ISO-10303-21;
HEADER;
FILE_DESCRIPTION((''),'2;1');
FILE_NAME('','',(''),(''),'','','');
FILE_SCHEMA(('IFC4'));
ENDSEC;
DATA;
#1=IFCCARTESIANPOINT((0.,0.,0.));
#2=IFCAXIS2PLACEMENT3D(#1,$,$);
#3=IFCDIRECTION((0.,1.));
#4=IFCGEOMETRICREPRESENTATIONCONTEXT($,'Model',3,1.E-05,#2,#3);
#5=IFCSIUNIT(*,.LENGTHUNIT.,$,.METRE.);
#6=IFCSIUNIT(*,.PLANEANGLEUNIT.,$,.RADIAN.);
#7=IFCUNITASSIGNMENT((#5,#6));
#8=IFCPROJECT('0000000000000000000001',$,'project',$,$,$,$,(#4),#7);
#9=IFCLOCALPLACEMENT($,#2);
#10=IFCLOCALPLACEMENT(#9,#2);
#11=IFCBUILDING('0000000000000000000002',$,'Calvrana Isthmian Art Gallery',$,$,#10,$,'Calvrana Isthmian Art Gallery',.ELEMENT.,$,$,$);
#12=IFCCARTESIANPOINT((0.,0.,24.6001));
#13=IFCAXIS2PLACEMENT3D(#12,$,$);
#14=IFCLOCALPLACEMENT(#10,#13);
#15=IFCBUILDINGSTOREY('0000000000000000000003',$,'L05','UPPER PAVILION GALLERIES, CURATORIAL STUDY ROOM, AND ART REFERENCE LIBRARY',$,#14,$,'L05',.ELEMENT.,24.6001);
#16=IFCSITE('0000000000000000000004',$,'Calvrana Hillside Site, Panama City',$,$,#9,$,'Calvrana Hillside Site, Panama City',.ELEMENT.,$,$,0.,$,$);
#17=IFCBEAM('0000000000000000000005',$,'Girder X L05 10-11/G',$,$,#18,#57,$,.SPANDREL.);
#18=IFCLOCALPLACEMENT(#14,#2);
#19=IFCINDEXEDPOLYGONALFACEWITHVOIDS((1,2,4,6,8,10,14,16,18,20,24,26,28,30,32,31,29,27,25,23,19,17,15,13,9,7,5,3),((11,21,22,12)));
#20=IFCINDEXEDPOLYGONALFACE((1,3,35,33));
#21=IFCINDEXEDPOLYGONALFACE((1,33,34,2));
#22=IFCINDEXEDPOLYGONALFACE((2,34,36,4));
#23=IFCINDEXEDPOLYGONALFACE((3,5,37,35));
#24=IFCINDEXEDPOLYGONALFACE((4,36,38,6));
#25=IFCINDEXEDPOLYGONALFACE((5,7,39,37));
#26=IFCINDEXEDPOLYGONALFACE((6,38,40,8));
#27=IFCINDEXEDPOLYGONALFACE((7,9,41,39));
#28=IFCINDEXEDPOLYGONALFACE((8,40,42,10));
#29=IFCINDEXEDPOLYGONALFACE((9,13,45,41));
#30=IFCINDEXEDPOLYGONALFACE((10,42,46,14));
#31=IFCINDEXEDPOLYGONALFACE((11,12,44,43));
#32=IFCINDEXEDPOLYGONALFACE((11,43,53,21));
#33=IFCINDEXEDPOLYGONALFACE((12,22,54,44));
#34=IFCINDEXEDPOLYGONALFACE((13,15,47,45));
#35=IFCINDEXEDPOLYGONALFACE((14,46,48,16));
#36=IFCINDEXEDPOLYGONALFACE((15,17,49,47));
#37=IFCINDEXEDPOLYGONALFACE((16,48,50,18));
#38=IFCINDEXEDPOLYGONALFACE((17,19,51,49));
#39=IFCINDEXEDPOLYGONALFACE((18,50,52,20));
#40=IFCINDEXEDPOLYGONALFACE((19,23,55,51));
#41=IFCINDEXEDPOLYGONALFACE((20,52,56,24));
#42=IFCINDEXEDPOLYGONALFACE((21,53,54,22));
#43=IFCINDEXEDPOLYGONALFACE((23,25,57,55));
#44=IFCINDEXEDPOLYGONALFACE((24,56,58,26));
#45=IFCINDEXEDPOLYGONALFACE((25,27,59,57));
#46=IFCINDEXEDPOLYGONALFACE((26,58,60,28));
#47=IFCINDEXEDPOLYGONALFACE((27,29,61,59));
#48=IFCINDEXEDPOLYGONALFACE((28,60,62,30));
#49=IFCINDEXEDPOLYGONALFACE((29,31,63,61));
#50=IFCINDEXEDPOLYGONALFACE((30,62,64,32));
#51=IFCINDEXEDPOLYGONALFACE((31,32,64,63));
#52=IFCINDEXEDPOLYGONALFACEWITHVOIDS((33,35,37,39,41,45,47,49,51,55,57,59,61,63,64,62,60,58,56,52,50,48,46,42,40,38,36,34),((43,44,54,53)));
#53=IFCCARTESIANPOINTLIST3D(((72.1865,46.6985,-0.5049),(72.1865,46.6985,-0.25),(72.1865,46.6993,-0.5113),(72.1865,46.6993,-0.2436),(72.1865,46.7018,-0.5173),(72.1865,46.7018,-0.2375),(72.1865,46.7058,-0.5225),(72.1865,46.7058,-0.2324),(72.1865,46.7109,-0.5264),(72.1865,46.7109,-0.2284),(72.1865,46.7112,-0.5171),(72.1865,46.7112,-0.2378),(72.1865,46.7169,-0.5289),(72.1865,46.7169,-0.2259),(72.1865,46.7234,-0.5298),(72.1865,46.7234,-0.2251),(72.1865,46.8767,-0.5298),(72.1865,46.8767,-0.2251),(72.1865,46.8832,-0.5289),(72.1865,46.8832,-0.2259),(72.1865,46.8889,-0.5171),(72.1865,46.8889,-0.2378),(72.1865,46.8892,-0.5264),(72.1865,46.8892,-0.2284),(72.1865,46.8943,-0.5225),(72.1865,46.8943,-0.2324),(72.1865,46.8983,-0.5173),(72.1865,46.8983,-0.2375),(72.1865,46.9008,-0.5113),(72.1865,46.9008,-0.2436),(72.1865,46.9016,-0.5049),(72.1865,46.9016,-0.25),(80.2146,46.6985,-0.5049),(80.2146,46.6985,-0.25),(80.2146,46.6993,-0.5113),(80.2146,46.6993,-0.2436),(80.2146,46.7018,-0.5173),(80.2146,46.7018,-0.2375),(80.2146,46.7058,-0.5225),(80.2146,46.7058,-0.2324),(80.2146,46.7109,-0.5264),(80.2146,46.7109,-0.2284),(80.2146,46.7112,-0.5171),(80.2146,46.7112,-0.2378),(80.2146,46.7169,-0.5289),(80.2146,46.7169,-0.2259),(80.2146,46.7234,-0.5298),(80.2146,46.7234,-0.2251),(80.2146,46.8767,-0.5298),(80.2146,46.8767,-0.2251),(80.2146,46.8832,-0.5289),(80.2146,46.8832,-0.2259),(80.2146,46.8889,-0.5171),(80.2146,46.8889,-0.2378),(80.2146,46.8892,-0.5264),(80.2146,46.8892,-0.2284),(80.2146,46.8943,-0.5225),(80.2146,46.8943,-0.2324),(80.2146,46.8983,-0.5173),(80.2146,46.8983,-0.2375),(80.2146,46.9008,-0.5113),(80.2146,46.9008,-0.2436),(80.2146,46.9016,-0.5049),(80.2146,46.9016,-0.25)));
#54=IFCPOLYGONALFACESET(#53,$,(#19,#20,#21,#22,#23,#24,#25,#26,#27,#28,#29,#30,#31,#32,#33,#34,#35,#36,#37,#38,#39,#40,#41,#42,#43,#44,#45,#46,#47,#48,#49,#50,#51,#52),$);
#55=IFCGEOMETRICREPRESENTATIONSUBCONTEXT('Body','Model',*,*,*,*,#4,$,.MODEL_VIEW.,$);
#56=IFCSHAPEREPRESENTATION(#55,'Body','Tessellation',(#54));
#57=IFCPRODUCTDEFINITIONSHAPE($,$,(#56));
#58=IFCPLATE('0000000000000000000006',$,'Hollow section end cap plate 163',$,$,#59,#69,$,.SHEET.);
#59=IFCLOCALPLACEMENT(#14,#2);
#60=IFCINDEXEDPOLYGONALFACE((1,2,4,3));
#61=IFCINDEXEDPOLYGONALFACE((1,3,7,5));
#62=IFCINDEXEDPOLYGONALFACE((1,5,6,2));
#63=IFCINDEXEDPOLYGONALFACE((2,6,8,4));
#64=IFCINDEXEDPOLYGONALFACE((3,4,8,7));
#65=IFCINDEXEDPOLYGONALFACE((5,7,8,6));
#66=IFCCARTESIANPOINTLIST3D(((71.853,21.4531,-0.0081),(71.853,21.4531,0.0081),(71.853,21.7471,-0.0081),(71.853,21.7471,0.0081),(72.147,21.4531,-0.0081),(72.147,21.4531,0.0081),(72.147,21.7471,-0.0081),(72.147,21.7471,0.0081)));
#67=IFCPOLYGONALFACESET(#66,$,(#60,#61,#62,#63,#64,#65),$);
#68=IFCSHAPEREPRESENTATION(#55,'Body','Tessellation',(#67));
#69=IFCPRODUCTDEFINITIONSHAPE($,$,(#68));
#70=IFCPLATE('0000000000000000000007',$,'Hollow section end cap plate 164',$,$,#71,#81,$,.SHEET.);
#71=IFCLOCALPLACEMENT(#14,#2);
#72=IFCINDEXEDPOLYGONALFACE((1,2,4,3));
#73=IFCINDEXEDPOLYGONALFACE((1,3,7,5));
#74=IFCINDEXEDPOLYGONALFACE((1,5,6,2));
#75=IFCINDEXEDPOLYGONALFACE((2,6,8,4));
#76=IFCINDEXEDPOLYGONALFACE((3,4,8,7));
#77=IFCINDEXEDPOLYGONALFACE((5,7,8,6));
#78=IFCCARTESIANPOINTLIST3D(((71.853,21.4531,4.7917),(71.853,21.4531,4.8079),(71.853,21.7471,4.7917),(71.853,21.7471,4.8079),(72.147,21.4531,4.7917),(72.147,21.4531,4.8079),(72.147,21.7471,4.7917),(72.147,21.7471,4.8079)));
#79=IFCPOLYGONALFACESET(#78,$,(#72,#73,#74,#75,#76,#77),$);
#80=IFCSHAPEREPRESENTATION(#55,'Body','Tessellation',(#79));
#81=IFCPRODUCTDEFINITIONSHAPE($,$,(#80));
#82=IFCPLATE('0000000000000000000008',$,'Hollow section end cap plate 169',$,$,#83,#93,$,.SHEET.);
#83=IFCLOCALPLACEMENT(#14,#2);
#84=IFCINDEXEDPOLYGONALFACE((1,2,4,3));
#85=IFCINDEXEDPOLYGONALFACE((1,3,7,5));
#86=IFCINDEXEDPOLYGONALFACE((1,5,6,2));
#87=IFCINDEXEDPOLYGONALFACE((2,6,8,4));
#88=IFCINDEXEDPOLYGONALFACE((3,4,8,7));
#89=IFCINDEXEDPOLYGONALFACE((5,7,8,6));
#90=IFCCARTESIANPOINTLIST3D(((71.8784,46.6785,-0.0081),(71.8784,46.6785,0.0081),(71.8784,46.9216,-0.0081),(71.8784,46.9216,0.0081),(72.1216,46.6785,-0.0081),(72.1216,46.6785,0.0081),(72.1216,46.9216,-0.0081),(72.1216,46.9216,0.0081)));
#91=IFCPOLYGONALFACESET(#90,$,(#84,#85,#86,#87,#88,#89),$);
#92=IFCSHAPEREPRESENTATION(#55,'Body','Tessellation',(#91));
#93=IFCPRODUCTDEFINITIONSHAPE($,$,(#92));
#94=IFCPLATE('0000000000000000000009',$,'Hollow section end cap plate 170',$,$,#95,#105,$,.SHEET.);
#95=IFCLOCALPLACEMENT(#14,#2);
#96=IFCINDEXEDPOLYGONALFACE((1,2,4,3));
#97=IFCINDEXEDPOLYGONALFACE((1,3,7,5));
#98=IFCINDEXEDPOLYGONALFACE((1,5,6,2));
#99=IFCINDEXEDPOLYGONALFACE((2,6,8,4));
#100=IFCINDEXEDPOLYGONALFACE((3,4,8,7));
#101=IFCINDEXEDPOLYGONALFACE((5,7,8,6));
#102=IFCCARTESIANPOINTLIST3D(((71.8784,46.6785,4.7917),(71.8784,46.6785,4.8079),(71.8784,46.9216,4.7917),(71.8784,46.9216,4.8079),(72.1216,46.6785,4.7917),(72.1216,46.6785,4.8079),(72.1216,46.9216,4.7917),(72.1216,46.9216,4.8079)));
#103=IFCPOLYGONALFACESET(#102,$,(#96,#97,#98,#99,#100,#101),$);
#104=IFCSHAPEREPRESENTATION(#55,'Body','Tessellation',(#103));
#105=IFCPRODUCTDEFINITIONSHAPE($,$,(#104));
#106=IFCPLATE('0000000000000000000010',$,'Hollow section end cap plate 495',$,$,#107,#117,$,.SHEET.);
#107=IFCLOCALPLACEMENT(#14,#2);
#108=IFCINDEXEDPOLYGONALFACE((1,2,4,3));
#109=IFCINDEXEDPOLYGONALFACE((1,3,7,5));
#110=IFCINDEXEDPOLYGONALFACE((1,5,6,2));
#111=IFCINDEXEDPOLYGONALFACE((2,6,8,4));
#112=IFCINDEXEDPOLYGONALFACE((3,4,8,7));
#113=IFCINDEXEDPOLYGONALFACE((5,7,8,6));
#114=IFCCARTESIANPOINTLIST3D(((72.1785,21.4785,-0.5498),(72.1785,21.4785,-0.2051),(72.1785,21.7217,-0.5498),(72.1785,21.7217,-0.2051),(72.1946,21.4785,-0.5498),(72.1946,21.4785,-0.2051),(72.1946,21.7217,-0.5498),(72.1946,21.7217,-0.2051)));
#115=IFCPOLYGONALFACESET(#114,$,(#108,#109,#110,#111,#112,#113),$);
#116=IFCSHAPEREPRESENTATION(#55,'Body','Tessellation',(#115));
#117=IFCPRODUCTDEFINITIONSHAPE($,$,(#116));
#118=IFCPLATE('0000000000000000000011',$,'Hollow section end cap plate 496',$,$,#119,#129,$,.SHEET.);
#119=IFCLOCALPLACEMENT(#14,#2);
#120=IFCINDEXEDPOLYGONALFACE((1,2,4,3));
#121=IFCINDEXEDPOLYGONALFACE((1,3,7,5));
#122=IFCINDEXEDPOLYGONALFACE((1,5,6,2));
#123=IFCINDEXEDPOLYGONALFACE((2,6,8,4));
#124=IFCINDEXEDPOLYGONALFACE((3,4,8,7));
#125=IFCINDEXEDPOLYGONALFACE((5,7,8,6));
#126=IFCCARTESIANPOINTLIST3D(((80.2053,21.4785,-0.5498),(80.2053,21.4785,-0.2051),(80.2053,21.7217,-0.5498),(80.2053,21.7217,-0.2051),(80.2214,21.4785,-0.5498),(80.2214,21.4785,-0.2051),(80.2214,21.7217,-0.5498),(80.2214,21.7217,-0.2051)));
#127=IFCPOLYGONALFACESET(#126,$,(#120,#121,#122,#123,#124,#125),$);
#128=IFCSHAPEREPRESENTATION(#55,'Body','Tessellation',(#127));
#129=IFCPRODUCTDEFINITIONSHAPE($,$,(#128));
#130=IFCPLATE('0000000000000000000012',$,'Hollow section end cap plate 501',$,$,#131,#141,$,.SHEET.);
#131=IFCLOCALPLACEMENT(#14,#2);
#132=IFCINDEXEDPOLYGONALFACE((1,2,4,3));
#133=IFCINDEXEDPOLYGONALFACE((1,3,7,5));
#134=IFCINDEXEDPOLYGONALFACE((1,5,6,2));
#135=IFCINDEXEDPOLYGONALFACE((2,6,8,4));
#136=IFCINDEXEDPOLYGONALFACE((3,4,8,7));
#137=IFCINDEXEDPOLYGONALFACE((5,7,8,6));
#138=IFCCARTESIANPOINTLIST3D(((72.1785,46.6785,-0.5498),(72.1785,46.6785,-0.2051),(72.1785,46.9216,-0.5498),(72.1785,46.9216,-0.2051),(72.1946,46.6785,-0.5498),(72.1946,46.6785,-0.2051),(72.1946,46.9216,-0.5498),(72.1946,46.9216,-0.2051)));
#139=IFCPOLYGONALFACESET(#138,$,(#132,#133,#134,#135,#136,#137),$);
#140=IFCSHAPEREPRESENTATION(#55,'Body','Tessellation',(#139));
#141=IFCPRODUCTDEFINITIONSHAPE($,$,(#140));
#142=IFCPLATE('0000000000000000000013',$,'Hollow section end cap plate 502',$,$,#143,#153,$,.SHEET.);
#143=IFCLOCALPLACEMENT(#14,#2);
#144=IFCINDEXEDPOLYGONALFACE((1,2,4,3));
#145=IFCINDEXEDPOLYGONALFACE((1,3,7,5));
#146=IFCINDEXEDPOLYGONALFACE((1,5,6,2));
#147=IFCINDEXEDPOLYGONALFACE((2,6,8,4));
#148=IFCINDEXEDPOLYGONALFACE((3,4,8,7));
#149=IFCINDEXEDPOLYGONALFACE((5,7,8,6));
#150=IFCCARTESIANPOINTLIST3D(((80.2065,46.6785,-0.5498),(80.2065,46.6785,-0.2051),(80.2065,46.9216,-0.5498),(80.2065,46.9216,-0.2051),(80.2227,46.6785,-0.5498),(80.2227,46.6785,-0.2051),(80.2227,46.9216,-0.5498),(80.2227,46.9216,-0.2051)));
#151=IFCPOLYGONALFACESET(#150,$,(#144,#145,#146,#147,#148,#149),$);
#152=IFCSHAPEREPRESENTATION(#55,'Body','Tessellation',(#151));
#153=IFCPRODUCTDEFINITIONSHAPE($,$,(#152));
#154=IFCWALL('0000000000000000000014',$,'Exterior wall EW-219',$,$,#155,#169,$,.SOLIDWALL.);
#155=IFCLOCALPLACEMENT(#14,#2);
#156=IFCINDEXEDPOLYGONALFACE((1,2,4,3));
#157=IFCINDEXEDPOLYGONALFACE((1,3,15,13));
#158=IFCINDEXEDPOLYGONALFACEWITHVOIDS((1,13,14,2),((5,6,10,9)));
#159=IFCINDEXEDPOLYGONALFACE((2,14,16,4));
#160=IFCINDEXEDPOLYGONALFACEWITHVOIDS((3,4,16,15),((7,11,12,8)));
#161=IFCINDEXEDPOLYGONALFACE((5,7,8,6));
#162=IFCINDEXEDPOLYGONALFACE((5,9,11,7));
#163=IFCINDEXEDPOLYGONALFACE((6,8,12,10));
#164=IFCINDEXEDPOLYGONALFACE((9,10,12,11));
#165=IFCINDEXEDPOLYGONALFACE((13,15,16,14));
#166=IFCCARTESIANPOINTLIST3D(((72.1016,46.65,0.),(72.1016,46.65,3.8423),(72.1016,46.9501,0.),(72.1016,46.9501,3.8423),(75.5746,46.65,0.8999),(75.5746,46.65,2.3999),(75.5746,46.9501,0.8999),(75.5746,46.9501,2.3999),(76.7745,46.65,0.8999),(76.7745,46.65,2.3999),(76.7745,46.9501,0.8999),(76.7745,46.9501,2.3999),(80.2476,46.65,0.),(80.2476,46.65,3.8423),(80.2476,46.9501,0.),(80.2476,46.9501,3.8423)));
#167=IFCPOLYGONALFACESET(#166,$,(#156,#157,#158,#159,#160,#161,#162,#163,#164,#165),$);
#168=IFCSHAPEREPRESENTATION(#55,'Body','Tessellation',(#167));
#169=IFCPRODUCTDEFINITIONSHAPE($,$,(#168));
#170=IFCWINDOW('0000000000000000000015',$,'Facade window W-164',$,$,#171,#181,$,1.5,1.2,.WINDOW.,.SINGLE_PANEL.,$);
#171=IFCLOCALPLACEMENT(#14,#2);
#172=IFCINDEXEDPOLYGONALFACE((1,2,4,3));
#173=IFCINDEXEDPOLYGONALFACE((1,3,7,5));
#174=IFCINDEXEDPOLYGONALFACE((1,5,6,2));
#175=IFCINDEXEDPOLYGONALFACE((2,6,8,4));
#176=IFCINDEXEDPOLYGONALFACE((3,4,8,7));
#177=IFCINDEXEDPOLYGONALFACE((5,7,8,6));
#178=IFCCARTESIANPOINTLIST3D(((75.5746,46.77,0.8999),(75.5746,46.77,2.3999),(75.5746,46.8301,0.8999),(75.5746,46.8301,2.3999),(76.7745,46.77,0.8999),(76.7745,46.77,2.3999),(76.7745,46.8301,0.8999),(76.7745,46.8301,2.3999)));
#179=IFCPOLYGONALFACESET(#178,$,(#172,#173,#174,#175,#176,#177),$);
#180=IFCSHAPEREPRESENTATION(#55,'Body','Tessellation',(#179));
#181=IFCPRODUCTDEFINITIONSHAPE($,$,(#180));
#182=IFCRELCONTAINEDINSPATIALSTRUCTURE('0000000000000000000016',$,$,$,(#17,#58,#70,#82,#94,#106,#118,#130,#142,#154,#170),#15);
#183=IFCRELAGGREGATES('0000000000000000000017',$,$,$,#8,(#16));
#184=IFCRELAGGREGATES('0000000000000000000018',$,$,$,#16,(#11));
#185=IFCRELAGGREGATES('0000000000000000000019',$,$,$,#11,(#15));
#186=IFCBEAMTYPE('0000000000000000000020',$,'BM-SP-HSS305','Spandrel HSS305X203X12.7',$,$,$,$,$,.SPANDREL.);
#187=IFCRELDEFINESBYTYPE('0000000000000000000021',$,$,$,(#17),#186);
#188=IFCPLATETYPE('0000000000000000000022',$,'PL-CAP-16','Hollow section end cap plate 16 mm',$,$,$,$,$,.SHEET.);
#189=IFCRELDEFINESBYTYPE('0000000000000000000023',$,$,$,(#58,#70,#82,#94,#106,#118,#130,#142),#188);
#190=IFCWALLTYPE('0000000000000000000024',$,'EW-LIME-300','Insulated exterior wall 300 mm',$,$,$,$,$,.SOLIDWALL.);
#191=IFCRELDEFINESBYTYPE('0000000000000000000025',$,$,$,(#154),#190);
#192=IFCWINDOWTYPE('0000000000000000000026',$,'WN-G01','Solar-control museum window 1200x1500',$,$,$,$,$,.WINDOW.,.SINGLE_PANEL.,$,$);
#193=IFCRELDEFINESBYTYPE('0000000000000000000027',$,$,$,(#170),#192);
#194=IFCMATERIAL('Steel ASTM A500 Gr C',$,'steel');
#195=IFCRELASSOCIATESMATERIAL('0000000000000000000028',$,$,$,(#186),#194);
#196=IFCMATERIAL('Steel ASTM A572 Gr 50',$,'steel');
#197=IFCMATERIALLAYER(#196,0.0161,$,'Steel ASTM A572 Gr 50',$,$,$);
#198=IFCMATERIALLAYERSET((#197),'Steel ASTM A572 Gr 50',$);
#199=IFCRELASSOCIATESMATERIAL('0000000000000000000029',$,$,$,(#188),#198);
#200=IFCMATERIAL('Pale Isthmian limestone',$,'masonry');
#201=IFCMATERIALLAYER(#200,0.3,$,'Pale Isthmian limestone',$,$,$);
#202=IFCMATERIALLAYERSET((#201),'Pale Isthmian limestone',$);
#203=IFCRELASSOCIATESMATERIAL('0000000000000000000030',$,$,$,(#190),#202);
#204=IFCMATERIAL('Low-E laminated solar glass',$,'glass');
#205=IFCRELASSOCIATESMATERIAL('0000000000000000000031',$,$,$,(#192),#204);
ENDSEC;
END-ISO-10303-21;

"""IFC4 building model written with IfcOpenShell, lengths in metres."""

from ifc_helpers import new_model, si_unit, direction, frame, frame_2d, origin, origin_2d, place, context, subcontext, project, spatial, rectangle, hollow_rectangle, extrude, material, layer, layer_set, material_profile, profile_set, type_object, element, fill, save


model = new_model("IFC4")

# Units and contexts
model_context = context("Model", 3, precision=1e-05, world=origin(), true_north=direction((0.0, 1.0)))
body_context = subcontext(model_context, "Body", "Model", "MODEL_VIEW")
ifc_project = project(units=[si_unit("LENGTHUNIT", "METRE"), si_unit("PLANEANGLEUNIT", "RADIAN")], contexts=[model_context])

# Site, building, storey
site_placement = place(None, origin())
site = spatial("IfcSite", under=ifc_project, at=site_placement, Name="Calvrana Hillside Site, Panama City", LongName="Calvrana Hillside Site, Panama City", CompositionType="ELEMENT", RefElevation=0.0)
building_placement = place(site_placement, origin())
building = spatial("IfcBuilding", under=site, at=building_placement, Name="Calvrana Isthmian Art Gallery", LongName="Calvrana Isthmian Art Gallery", CompositionType="ELEMENT")
storey_placement = place(building_placement, frame((0.0, 0.0, 24.6001)))
storey = spatial("IfcBuildingStorey", under=building, at=storey_placement, Name="L05", Description="UPPER PAVILION GALLERIES, CURATORIAL STUDY ROOM, AND ART REFERENCE LIBRARY", LongName="L05", CompositionType="ELEMENT", Elevation=24.6001)

# Shared definitions
ifc_material_1 = material(Name="Steel ASTM A500 Gr C", Category="steel")

# Beam
ifc_material_profile_1 = material_profile(ifc_material_1, hollow_rectangle(XDim=0.2031, YDim=0.3047, WallThickness=0.0127, OuterFilletRadius=0.0249, at=origin_2d()), Name="HSS305X203X12.7")
ifc_profile_set_1 = profile_set([ifc_material_profile_1], Name="Steel ASTM A500 Gr C")
beam_type_1 = type_object("IfcBeamType", Name="BM-SP-HSS305", Description="Spandrel HSS305X203X12.7", PredefinedType="SPANDREL", material=ifc_profile_set_1)
beam_1_placement = place(storey_placement, frame((72.1865, 46.8, -0.3774), z_axis=(1.0, 0.0, 0.0), x_axis=(0.0, 1.0, 0.0)))
element("IfcBeam", 1, at=beam_1_placement, inside=storey, type_object=beam_type_1, Name="Girder X L05 10-11/G", PredefinedType="SPANDREL", context=body_context, shape_type="SweptSolid", body=[
    extrude(hollow_rectangle(XDim=0.2031, YDim=0.3047, WallThickness=0.0127, OuterFilletRadius=0.0249, at=origin_2d()), origin(), (0.0, 0.0, 1.0), 8.0281),
])

# Plates
ifc_material_2 = material(Name="Steel ASTM A572 Gr 50", Category="steel")
ifc_layer_1 = layer(ifc_material_2, 0.0161, Name="Steel ASTM A572 Gr 50")
ifc_layer_set_1 = layer_set([ifc_layer_1], Name="Steel ASTM A572 Gr 50")
plate_type = type_object("IfcPlateType", Name="PL-CAP-16", Description="Hollow section end cap plate 16 mm", PredefinedType="SHEET", material=ifc_layer_set_1)
for number, where, z_axis, x_axis, name in (
    (2, (72.0, 21.6001, -0.0081), (0.0, 0.0, 1.0), (1.0, 0.0, 0.0), "Hollow section end cap plate 163"),
    (3, (72.0, 21.6001, 4.7917), (0.0, 0.0, 1.0), (1.0, 0.0, 0.0), "Hollow section end cap plate 164"),
):
    element("IfcPlate", number, at=place(storey_placement, frame(where, z_axis=z_axis, x_axis=x_axis)), inside=storey, type_object=plate_type, Name=name, PredefinedType="SHEET", context=body_context, shape_type="SweptSolid", body=[
        extrude(rectangle(XDim=0.2939, YDim=0.2939, at=origin_2d()), origin(), (0.0, 0.0, 1.0), 0.0161),
    ])
for number, where, z_axis, x_axis, name in (
    (4, (72.0, 46.8, -0.0081), (0.0, 0.0, 1.0), (1.0, 0.0, 0.0), "Hollow section end cap plate 169"),
    (5, (72.0, 46.8, 4.7917), (0.0, 0.0, 1.0), (1.0, 0.0, 0.0), "Hollow section end cap plate 170"),
):
    element("IfcPlate", number, at=place(storey_placement, frame(where, z_axis=z_axis, x_axis=x_axis)), inside=storey, type_object=plate_type, Name=name, PredefinedType="SHEET", context=body_context, shape_type="SweptSolid", body=[
        extrude(rectangle(XDim=0.2432, YDim=0.2432, at=origin_2d()), origin(), (0.0, 0.0, 1.0), 0.0161),
    ])
for number, where, z_axis, x_axis, name in (
    (6, (72.1865, 21.6001, -0.5498), (0.0, 0.0, 1.0), (1.0, 0.0, 0.0), "Hollow section end cap plate 495"),
    (7, (80.2134, 21.6001, -0.5498), (0.0, 0.0, 1.0), (1.0, 0.0, 0.0), "Hollow section end cap plate 496"),
    (8, (72.1865, 46.8, -0.5498), (0.0, 0.0, 1.0), (1.0, 0.0, 0.0), "Hollow section end cap plate 501"),
    (9, (80.2146, 46.8, -0.5498), (0.0, 0.0, 1.0), (1.0, 0.0, 0.0), "Hollow section end cap plate 502"),
):
    element("IfcPlate", number, at=place(storey_placement, frame(where, z_axis=z_axis, x_axis=x_axis)), inside=storey, type_object=plate_type, Name=name, PredefinedType="SHEET", context=body_context, shape_type="SweptSolid", body=[
        extrude(rectangle(XDim=0.0161, YDim=0.2432, at=origin_2d()), origin(), (0.0, 0.0, 1.0), 0.3447),
    ])

# Wall, opening, window
ifc_material_3 = material(Name="Pale Isthmian limestone", Category="masonry")
ifc_layer_2 = layer(ifc_material_3, 0.3, Name="Pale Isthmian limestone")
ifc_layer_set_2 = layer_set([ifc_layer_2], Name="Pale Isthmian limestone")
wall_type_1 = type_object("IfcWallType", Name="EW-LIME-300", Description="Insulated exterior wall 300 mm", PredefinedType="SOLIDWALL", material=ifc_layer_set_2)
wall_1_placement = place(storey_placement, frame((72.1016, 46.8, 0.0), z_axis=(0.0, 0.0, 1.0), x_axis=(1.0, 0.0, 0.0)))
wall_1 = element("IfcWall", 10, at=wall_1_placement, inside=storey, type_object=wall_type_1, Name="Exterior wall EW-219", PredefinedType="SOLIDWALL", context=body_context, shape_type="SweptSolid", body=[
    extrude(rectangle(XDim=8.146, YDim=0.3, at=frame_2d((4.073, 0.0))), origin(), (0.0, 0.0, 1.0), 3.8423),
])
opening_1_placement = place(wall_1_placement, frame((3.4729, 0.0, 0.8999)))
opening_1 = element("IfcOpeningElement", 11, at=opening_1_placement, cuts=wall_1, PredefinedType="OPENING", context=body_context, shape_type="SweptSolid", body=[
    extrude(rectangle(XDim=1.2, YDim=1.5, at=frame_2d((0.6001, 0.75))), frame((0.0, 0.1602, 0.0), z_axis=(0.0, -1.0, 0.0), x_axis=(1.0, 0.0, 0.0)), (0.0, 0.0, 1.0), 0.3206),
])
ifc_material_4 = material(Name="Low-E laminated solar glass", Category="glass")
window_type_1 = type_object("IfcWindowType", Name="WN-G01", Description="Solar-control museum window 1200x1500", PartitioningType="SINGLE_PANEL", PredefinedType="WINDOW", material=ifc_material_4)
window_1_placement = place(opening_1_placement, origin())
window_1 = element("IfcWindow", 12, at=window_1_placement, inside=storey, type_object=window_type_1, Name="Facade window W-164", OverallHeight=1.5, OverallWidth=1.2, PartitioningType="SINGLE_PANEL", PredefinedType="WINDOW", context=body_context, shape_type="SweptSolid", body=[
    extrude(rectangle(XDim=1.2, YDim=1.5, at=frame_2d((0.6001, 0.75))), frame((0.0, 0.03, 0.0), z_axis=(0.0, -1.0, 0.0), x_axis=(1.0, 0.0, 0.0)), (0.0, 0.0, 1.0), 0.0601),
])
fill(opening_1, window_1)

save(model, "model.ifc")
